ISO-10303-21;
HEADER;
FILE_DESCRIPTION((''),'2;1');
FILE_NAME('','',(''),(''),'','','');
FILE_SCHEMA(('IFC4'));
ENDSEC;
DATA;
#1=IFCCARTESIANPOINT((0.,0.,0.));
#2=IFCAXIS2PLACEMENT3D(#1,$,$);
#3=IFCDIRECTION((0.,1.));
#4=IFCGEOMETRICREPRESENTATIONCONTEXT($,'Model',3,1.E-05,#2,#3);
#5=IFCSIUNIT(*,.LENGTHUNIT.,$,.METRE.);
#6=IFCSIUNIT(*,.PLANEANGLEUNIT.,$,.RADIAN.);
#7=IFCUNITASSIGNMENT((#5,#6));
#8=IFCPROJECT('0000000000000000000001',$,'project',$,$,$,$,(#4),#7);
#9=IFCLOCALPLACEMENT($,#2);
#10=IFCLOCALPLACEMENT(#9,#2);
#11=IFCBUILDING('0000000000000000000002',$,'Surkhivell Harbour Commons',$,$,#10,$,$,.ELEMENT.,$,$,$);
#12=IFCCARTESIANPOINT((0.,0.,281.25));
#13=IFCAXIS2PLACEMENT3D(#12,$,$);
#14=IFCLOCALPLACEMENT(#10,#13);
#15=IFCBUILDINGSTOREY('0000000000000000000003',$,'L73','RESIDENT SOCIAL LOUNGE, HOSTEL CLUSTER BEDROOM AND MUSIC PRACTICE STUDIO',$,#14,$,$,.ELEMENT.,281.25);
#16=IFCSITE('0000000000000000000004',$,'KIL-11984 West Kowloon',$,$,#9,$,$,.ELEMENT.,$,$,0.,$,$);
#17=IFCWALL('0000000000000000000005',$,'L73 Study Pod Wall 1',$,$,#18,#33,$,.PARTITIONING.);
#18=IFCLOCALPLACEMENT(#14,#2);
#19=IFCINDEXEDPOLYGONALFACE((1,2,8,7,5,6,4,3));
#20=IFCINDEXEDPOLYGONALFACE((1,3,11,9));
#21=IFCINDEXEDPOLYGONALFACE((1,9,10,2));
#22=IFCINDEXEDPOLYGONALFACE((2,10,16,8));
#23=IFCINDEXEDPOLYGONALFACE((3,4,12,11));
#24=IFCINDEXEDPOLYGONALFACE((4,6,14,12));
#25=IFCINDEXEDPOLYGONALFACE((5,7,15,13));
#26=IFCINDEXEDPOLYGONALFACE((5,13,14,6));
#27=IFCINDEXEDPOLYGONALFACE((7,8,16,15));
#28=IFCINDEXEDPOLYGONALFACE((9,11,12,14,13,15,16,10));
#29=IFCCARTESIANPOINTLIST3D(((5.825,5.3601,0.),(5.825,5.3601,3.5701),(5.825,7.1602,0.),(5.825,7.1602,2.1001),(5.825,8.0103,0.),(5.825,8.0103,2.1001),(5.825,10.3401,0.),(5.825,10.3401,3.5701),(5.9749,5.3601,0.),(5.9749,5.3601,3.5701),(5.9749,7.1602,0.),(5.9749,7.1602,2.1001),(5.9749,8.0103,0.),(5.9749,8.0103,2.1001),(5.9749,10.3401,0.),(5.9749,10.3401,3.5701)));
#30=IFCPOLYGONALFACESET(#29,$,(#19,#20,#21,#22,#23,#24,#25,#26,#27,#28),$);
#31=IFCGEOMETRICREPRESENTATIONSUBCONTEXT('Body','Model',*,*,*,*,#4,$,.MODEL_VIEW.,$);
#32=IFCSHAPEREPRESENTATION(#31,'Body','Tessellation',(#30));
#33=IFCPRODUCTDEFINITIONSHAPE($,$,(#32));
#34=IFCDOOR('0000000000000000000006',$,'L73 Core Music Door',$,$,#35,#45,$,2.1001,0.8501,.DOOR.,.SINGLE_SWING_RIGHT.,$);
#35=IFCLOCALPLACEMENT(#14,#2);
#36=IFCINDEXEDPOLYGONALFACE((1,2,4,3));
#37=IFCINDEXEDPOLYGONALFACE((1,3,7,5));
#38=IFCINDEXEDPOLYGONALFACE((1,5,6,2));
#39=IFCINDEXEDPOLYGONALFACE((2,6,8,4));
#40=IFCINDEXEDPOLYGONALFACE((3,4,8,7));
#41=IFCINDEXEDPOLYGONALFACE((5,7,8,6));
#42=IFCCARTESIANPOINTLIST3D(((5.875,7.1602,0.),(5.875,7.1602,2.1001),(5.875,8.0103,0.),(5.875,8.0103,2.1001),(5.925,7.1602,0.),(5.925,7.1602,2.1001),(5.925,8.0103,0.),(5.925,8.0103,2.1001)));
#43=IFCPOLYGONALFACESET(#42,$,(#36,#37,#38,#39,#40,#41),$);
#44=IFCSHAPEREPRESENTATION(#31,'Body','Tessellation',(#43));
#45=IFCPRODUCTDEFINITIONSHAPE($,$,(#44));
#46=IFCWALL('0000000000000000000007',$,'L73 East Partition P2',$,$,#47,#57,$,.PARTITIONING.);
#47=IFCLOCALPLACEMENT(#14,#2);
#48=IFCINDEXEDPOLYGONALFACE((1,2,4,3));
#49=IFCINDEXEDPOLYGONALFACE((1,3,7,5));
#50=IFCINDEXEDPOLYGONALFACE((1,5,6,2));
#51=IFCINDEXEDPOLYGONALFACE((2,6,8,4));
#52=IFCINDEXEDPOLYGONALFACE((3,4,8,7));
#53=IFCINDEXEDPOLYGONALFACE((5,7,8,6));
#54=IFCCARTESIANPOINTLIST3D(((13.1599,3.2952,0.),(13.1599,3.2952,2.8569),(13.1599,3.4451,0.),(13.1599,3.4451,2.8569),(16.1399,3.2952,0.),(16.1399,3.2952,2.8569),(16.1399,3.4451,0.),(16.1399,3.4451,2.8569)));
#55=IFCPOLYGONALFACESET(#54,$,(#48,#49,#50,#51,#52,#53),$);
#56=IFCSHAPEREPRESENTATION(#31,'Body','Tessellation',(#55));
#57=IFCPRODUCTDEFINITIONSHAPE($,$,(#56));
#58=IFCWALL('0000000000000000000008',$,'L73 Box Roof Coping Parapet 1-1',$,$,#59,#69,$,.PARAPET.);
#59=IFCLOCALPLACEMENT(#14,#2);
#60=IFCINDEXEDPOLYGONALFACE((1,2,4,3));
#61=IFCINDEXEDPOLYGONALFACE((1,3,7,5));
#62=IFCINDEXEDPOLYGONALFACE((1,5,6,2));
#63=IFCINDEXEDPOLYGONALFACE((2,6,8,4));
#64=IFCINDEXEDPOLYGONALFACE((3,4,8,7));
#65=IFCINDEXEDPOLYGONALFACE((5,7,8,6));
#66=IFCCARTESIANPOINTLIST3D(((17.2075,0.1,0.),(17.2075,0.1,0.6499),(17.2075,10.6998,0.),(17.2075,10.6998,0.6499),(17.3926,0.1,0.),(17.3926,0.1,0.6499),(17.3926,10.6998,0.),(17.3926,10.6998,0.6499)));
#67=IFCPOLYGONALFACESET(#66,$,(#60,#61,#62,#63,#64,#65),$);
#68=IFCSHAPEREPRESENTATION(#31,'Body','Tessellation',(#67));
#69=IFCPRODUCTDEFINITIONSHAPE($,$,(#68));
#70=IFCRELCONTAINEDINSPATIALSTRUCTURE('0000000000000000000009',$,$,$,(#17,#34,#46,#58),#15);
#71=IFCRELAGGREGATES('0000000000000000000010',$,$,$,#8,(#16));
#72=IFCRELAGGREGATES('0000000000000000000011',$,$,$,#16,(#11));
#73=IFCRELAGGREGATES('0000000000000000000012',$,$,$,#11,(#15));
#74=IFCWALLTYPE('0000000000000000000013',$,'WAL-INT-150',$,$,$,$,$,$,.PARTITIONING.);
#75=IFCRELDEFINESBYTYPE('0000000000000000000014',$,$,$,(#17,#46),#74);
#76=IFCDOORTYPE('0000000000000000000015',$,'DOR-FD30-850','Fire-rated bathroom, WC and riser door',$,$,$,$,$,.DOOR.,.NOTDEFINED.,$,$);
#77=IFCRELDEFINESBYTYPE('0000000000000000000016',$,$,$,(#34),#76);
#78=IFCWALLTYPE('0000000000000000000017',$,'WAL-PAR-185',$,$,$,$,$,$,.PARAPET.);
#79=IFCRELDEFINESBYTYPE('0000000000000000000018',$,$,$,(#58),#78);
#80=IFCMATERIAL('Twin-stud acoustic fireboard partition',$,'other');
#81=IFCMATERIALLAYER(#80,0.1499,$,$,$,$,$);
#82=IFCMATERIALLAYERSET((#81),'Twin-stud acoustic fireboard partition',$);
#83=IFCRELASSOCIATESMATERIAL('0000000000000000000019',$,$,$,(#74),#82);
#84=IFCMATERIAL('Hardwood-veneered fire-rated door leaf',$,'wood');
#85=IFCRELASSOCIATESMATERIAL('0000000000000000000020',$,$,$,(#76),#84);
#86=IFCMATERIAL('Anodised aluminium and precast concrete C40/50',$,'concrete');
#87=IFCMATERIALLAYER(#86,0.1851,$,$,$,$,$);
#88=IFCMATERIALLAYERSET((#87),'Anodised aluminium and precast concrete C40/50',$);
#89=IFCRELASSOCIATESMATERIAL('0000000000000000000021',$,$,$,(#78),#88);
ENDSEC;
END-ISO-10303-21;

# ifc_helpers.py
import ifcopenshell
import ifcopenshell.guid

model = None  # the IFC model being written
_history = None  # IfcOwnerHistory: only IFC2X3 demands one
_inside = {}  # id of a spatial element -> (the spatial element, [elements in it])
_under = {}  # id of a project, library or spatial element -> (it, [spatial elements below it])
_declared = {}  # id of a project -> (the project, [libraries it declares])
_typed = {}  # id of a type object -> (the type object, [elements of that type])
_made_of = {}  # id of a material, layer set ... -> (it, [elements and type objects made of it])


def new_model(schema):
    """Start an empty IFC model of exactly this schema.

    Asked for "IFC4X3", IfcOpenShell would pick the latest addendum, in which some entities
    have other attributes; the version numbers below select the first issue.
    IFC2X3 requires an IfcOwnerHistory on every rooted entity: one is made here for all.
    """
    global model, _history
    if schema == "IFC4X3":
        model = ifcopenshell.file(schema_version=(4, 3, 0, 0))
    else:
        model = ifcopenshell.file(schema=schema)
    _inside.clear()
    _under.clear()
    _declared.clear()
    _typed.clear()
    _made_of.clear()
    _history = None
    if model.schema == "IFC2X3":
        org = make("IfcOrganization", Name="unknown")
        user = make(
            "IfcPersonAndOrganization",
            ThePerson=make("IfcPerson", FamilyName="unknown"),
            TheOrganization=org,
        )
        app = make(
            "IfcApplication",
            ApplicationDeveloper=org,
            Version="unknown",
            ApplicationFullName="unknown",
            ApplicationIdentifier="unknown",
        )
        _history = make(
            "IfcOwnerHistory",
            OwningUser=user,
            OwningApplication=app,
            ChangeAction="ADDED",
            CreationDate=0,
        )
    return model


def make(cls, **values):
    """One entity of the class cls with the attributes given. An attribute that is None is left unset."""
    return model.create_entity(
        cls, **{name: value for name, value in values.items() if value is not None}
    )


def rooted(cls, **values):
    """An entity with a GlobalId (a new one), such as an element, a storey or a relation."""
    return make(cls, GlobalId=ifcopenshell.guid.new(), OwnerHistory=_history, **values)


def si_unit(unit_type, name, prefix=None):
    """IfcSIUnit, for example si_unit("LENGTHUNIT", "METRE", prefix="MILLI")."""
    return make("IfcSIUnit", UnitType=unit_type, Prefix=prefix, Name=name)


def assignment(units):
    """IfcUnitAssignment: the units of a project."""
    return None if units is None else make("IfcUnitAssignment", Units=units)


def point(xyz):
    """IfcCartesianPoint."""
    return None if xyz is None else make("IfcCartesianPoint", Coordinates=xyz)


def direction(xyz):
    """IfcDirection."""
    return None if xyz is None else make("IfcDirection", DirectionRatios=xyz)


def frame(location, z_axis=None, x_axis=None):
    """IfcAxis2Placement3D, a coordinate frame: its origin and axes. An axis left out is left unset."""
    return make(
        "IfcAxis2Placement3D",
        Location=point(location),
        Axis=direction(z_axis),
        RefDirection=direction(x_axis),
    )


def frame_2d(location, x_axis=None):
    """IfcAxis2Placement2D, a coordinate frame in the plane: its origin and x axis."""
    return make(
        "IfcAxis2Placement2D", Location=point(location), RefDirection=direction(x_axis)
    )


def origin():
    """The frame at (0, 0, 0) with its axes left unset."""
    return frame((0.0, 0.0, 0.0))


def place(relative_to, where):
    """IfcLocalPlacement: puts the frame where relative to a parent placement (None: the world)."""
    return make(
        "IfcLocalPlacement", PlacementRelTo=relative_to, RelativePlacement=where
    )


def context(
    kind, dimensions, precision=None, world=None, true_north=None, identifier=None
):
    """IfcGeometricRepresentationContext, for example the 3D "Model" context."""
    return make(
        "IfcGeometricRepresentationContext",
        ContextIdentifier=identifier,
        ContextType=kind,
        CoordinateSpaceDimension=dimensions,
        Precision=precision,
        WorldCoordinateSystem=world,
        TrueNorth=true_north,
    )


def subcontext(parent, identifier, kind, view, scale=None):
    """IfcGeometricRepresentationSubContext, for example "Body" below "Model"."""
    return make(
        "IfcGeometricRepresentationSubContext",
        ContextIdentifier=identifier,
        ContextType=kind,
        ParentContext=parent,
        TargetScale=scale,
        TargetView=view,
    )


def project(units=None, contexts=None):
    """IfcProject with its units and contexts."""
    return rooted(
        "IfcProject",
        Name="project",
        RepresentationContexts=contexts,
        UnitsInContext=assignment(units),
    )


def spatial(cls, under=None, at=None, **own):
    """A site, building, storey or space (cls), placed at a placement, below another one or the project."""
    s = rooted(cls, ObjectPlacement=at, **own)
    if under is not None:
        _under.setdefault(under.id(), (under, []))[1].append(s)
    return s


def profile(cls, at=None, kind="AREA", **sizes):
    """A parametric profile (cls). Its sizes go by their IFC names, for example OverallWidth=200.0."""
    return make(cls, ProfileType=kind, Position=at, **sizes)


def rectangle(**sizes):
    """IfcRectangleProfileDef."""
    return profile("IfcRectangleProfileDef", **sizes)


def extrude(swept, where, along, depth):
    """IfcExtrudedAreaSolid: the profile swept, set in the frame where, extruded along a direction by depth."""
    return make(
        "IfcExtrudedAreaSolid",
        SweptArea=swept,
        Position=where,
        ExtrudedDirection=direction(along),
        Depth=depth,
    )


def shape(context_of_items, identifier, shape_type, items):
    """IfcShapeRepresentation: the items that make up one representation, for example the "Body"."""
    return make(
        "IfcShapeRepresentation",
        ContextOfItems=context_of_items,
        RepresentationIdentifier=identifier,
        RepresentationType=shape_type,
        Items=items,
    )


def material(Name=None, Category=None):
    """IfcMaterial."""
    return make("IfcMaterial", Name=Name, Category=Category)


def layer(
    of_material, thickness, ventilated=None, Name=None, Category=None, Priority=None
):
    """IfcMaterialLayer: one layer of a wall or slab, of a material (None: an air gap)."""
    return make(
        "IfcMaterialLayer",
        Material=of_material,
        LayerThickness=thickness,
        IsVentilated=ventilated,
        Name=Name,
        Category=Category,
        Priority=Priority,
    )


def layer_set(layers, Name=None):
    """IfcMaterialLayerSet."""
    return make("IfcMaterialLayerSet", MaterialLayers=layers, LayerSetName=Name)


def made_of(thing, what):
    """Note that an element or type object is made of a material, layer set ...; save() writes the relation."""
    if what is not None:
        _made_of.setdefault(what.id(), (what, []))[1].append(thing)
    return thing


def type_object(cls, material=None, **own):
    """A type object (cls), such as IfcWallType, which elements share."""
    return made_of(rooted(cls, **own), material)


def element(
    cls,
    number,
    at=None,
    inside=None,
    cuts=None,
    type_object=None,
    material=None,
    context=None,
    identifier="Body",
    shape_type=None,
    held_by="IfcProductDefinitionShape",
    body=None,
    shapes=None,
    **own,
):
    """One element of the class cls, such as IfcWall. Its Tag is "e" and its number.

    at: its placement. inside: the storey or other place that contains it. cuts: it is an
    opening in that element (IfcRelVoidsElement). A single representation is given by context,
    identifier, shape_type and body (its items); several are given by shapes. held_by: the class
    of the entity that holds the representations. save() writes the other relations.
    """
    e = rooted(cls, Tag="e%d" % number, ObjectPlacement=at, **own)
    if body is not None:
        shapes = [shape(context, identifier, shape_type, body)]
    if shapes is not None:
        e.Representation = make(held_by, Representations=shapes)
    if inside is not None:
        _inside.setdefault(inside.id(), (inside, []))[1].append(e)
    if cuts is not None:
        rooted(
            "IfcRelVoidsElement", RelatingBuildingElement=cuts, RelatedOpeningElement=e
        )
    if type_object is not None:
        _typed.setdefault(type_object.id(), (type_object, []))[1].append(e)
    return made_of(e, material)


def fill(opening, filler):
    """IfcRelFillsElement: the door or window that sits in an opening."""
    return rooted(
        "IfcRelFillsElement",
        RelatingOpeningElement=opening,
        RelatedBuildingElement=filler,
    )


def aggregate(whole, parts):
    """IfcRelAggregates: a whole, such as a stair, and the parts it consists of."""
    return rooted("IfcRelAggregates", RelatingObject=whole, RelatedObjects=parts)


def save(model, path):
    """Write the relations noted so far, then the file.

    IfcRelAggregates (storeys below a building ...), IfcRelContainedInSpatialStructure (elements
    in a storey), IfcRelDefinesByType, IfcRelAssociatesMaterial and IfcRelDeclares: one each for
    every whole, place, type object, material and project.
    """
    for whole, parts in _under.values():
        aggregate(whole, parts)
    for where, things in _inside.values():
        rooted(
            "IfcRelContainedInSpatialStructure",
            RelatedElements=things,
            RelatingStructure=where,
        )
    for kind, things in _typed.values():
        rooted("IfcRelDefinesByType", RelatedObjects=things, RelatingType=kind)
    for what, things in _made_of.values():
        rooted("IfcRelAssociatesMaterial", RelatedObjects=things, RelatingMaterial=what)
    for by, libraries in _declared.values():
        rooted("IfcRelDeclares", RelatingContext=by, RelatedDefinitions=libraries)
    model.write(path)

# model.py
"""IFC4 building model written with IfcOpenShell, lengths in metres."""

from ifc_helpers import new_model, si_unit, direction, frame, frame_2d, origin, place, context, subcontext, project, spatial, rectangle, extrude, material, layer, layer_set, type_object, element, fill, save


model = new_model("IFC4")

# Units and contexts
model_context = context("Model", 3, precision=1e-05, world=origin(), true_north=direction((0.0, 1.0)))
body_context = subcontext(model_context, "Body", "Model", "MODEL_VIEW")
ifc_project = project(units=[si_unit("LENGTHUNIT", "METRE"), si_unit("PLANEANGLEUNIT", "RADIAN")], contexts=[model_context])

# Site, building, storey
site_placement = place(None, origin())
site = spatial("IfcSite", under=ifc_project, at=site_placement, Name="KIL-11984 West Kowloon", CompositionType="ELEMENT", RefElevation=0.0)
building_placement = place(site_placement, origin())
building = spatial("IfcBuilding", under=site, at=building_placement, Name="Surkhivell Harbour Commons", CompositionType="ELEMENT")
storey_placement = place(building_placement, frame((0.0, 0.0, 281.25)))
storey = spatial("IfcBuildingStorey", under=building, at=storey_placement, Name="L73", Description="RESIDENT SOCIAL LOUNGE, HOSTEL CLUSTER BEDROOM AND MUSIC PRACTICE STUDIO", CompositionType="ELEMENT", Elevation=281.25)

# Shared definitions
ifc_material_1 = material(Name="Hardwood-veneered fire-rated door leaf", Category="wood")

# Wall, opening, door
ifc_material_2 = material(Name="Twin-stud acoustic fireboard partition", Category="other")
ifc_layer_1 = layer(ifc_material_2, 0.1499)
ifc_layer_set_1 = layer_set([ifc_layer_1], Name="Twin-stud acoustic fireboard partition")
wall_type_1 = type_object("IfcWallType", Name="WAL-INT-150", PredefinedType="PARTITIONING", material=ifc_layer_set_1)
wall_1_placement = place(storey_placement, frame((5.8999, 5.3601, 0.0), z_axis=(0.0, 0.0, 1.0), x_axis=(0.0, 1.0, 0.0)))
wall_1 = element("IfcWall", 1, at=wall_1_placement, inside=storey, type_object=wall_type_1, Name="L73 Study Pod Wall 1", PredefinedType="PARTITIONING", context=body_context, shape_type="SweptSolid", body=[
    extrude(rectangle(XDim=4.98, YDim=0.1499, at=frame_2d((2.49, 0.0))), origin(), (0.0, 0.0, 1.0), 3.5701),
])
opening_1_placement = place(wall_1_placement, frame((1.8, 0.0, 0.0)))
opening_1 = element("IfcOpeningElement", 2, at=opening_1_placement, cuts=wall_1, PredefinedType="OPENING", context=body_context, shape_type="SweptSolid", body=[
    extrude(rectangle(XDim=0.8501, YDim=2.1001, at=frame_2d((0.425, 1.05))), frame((0.0, 0.085, 0.0), z_axis=(0.0, -1.0, 0.0), x_axis=(1.0, 0.0, 0.0)), (0.0, 0.0, 1.0), 0.1699),
])
door_type_1 = type_object("IfcDoorType", Name="DOR-FD30-850", Description="Fire-rated bathroom, WC and riser door", OperationType="NOTDEFINED", PredefinedType="DOOR", material=ifc_material_1)
door_1_placement = place(opening_1_placement, origin())
door_1 = element("IfcDoor", 3, at=door_1_placement, inside=storey, type_object=door_type_1, Name="L73 Core Music Door", OperationType="SINGLE_SWING_RIGHT", OverallHeight=2.1001, OverallWidth=0.8501, PredefinedType="DOOR", context=body_context, shape_type="SweptSolid", body=[
    extrude(rectangle(XDim=0.8501, YDim=2.1001, at=frame_2d((0.425, 1.05))), frame((0.0, 0.0249, 0.0), z_axis=(0.0, -1.0, 0.0), x_axis=(1.0, 0.0, 0.0)), (0.0, 0.0, 1.0), 0.05),
])
fill(opening_1, door_1)

# Walls
wall_2_placement = place(storey_placement, frame((13.1599, 3.3701, 0.0), z_axis=(0.0, 0.0, 1.0), x_axis=(1.0, 0.0, 0.0)))
element("IfcWall", 4, at=wall_2_placement, inside=storey, type_object=wall_type_1, Name="L73 East Partition P2", PredefinedType="PARTITIONING", context=body_context, shape_type="SweptSolid", body=[
    extrude(rectangle(XDim=2.98, YDim=0.1499, at=frame_2d((1.49, 0.0))), origin(), (0.0, 0.0, 1.0), 2.8569),
])
ifc_material_3 = material(Name="Anodised aluminium and precast concrete C40/50", Category="concrete")
ifc_layer_2 = layer(ifc_material_3, 0.1851)
ifc_layer_set_2 = layer_set([ifc_layer_2], Name="Anodised aluminium and precast concrete C40/50")
wall_type_2 = type_object("IfcWallType", Name="WAL-PAR-185", PredefinedType="PARAPET", material=ifc_layer_set_2)
wall_3_placement = place(storey_placement, frame((17.3, 0.1001, 0.0), z_axis=(0.0, 0.0, 1.0), x_axis=(0.0, 1.0, 0.0)))
element("IfcWall", 5, at=wall_3_placement, inside=storey, type_object=wall_type_2, Name="L73 Box Roof Coping Parapet 1-1", PredefinedType="PARAPET", context=body_context, shape_type="SweptSolid", body=[
    extrude(rectangle(XDim=10.5999, YDim=0.1851, at=frame_2d((5.2998, 0.0))), origin(), (0.0, 0.0, 1.0), 0.6499),
])

save(model, "model.ifc")
